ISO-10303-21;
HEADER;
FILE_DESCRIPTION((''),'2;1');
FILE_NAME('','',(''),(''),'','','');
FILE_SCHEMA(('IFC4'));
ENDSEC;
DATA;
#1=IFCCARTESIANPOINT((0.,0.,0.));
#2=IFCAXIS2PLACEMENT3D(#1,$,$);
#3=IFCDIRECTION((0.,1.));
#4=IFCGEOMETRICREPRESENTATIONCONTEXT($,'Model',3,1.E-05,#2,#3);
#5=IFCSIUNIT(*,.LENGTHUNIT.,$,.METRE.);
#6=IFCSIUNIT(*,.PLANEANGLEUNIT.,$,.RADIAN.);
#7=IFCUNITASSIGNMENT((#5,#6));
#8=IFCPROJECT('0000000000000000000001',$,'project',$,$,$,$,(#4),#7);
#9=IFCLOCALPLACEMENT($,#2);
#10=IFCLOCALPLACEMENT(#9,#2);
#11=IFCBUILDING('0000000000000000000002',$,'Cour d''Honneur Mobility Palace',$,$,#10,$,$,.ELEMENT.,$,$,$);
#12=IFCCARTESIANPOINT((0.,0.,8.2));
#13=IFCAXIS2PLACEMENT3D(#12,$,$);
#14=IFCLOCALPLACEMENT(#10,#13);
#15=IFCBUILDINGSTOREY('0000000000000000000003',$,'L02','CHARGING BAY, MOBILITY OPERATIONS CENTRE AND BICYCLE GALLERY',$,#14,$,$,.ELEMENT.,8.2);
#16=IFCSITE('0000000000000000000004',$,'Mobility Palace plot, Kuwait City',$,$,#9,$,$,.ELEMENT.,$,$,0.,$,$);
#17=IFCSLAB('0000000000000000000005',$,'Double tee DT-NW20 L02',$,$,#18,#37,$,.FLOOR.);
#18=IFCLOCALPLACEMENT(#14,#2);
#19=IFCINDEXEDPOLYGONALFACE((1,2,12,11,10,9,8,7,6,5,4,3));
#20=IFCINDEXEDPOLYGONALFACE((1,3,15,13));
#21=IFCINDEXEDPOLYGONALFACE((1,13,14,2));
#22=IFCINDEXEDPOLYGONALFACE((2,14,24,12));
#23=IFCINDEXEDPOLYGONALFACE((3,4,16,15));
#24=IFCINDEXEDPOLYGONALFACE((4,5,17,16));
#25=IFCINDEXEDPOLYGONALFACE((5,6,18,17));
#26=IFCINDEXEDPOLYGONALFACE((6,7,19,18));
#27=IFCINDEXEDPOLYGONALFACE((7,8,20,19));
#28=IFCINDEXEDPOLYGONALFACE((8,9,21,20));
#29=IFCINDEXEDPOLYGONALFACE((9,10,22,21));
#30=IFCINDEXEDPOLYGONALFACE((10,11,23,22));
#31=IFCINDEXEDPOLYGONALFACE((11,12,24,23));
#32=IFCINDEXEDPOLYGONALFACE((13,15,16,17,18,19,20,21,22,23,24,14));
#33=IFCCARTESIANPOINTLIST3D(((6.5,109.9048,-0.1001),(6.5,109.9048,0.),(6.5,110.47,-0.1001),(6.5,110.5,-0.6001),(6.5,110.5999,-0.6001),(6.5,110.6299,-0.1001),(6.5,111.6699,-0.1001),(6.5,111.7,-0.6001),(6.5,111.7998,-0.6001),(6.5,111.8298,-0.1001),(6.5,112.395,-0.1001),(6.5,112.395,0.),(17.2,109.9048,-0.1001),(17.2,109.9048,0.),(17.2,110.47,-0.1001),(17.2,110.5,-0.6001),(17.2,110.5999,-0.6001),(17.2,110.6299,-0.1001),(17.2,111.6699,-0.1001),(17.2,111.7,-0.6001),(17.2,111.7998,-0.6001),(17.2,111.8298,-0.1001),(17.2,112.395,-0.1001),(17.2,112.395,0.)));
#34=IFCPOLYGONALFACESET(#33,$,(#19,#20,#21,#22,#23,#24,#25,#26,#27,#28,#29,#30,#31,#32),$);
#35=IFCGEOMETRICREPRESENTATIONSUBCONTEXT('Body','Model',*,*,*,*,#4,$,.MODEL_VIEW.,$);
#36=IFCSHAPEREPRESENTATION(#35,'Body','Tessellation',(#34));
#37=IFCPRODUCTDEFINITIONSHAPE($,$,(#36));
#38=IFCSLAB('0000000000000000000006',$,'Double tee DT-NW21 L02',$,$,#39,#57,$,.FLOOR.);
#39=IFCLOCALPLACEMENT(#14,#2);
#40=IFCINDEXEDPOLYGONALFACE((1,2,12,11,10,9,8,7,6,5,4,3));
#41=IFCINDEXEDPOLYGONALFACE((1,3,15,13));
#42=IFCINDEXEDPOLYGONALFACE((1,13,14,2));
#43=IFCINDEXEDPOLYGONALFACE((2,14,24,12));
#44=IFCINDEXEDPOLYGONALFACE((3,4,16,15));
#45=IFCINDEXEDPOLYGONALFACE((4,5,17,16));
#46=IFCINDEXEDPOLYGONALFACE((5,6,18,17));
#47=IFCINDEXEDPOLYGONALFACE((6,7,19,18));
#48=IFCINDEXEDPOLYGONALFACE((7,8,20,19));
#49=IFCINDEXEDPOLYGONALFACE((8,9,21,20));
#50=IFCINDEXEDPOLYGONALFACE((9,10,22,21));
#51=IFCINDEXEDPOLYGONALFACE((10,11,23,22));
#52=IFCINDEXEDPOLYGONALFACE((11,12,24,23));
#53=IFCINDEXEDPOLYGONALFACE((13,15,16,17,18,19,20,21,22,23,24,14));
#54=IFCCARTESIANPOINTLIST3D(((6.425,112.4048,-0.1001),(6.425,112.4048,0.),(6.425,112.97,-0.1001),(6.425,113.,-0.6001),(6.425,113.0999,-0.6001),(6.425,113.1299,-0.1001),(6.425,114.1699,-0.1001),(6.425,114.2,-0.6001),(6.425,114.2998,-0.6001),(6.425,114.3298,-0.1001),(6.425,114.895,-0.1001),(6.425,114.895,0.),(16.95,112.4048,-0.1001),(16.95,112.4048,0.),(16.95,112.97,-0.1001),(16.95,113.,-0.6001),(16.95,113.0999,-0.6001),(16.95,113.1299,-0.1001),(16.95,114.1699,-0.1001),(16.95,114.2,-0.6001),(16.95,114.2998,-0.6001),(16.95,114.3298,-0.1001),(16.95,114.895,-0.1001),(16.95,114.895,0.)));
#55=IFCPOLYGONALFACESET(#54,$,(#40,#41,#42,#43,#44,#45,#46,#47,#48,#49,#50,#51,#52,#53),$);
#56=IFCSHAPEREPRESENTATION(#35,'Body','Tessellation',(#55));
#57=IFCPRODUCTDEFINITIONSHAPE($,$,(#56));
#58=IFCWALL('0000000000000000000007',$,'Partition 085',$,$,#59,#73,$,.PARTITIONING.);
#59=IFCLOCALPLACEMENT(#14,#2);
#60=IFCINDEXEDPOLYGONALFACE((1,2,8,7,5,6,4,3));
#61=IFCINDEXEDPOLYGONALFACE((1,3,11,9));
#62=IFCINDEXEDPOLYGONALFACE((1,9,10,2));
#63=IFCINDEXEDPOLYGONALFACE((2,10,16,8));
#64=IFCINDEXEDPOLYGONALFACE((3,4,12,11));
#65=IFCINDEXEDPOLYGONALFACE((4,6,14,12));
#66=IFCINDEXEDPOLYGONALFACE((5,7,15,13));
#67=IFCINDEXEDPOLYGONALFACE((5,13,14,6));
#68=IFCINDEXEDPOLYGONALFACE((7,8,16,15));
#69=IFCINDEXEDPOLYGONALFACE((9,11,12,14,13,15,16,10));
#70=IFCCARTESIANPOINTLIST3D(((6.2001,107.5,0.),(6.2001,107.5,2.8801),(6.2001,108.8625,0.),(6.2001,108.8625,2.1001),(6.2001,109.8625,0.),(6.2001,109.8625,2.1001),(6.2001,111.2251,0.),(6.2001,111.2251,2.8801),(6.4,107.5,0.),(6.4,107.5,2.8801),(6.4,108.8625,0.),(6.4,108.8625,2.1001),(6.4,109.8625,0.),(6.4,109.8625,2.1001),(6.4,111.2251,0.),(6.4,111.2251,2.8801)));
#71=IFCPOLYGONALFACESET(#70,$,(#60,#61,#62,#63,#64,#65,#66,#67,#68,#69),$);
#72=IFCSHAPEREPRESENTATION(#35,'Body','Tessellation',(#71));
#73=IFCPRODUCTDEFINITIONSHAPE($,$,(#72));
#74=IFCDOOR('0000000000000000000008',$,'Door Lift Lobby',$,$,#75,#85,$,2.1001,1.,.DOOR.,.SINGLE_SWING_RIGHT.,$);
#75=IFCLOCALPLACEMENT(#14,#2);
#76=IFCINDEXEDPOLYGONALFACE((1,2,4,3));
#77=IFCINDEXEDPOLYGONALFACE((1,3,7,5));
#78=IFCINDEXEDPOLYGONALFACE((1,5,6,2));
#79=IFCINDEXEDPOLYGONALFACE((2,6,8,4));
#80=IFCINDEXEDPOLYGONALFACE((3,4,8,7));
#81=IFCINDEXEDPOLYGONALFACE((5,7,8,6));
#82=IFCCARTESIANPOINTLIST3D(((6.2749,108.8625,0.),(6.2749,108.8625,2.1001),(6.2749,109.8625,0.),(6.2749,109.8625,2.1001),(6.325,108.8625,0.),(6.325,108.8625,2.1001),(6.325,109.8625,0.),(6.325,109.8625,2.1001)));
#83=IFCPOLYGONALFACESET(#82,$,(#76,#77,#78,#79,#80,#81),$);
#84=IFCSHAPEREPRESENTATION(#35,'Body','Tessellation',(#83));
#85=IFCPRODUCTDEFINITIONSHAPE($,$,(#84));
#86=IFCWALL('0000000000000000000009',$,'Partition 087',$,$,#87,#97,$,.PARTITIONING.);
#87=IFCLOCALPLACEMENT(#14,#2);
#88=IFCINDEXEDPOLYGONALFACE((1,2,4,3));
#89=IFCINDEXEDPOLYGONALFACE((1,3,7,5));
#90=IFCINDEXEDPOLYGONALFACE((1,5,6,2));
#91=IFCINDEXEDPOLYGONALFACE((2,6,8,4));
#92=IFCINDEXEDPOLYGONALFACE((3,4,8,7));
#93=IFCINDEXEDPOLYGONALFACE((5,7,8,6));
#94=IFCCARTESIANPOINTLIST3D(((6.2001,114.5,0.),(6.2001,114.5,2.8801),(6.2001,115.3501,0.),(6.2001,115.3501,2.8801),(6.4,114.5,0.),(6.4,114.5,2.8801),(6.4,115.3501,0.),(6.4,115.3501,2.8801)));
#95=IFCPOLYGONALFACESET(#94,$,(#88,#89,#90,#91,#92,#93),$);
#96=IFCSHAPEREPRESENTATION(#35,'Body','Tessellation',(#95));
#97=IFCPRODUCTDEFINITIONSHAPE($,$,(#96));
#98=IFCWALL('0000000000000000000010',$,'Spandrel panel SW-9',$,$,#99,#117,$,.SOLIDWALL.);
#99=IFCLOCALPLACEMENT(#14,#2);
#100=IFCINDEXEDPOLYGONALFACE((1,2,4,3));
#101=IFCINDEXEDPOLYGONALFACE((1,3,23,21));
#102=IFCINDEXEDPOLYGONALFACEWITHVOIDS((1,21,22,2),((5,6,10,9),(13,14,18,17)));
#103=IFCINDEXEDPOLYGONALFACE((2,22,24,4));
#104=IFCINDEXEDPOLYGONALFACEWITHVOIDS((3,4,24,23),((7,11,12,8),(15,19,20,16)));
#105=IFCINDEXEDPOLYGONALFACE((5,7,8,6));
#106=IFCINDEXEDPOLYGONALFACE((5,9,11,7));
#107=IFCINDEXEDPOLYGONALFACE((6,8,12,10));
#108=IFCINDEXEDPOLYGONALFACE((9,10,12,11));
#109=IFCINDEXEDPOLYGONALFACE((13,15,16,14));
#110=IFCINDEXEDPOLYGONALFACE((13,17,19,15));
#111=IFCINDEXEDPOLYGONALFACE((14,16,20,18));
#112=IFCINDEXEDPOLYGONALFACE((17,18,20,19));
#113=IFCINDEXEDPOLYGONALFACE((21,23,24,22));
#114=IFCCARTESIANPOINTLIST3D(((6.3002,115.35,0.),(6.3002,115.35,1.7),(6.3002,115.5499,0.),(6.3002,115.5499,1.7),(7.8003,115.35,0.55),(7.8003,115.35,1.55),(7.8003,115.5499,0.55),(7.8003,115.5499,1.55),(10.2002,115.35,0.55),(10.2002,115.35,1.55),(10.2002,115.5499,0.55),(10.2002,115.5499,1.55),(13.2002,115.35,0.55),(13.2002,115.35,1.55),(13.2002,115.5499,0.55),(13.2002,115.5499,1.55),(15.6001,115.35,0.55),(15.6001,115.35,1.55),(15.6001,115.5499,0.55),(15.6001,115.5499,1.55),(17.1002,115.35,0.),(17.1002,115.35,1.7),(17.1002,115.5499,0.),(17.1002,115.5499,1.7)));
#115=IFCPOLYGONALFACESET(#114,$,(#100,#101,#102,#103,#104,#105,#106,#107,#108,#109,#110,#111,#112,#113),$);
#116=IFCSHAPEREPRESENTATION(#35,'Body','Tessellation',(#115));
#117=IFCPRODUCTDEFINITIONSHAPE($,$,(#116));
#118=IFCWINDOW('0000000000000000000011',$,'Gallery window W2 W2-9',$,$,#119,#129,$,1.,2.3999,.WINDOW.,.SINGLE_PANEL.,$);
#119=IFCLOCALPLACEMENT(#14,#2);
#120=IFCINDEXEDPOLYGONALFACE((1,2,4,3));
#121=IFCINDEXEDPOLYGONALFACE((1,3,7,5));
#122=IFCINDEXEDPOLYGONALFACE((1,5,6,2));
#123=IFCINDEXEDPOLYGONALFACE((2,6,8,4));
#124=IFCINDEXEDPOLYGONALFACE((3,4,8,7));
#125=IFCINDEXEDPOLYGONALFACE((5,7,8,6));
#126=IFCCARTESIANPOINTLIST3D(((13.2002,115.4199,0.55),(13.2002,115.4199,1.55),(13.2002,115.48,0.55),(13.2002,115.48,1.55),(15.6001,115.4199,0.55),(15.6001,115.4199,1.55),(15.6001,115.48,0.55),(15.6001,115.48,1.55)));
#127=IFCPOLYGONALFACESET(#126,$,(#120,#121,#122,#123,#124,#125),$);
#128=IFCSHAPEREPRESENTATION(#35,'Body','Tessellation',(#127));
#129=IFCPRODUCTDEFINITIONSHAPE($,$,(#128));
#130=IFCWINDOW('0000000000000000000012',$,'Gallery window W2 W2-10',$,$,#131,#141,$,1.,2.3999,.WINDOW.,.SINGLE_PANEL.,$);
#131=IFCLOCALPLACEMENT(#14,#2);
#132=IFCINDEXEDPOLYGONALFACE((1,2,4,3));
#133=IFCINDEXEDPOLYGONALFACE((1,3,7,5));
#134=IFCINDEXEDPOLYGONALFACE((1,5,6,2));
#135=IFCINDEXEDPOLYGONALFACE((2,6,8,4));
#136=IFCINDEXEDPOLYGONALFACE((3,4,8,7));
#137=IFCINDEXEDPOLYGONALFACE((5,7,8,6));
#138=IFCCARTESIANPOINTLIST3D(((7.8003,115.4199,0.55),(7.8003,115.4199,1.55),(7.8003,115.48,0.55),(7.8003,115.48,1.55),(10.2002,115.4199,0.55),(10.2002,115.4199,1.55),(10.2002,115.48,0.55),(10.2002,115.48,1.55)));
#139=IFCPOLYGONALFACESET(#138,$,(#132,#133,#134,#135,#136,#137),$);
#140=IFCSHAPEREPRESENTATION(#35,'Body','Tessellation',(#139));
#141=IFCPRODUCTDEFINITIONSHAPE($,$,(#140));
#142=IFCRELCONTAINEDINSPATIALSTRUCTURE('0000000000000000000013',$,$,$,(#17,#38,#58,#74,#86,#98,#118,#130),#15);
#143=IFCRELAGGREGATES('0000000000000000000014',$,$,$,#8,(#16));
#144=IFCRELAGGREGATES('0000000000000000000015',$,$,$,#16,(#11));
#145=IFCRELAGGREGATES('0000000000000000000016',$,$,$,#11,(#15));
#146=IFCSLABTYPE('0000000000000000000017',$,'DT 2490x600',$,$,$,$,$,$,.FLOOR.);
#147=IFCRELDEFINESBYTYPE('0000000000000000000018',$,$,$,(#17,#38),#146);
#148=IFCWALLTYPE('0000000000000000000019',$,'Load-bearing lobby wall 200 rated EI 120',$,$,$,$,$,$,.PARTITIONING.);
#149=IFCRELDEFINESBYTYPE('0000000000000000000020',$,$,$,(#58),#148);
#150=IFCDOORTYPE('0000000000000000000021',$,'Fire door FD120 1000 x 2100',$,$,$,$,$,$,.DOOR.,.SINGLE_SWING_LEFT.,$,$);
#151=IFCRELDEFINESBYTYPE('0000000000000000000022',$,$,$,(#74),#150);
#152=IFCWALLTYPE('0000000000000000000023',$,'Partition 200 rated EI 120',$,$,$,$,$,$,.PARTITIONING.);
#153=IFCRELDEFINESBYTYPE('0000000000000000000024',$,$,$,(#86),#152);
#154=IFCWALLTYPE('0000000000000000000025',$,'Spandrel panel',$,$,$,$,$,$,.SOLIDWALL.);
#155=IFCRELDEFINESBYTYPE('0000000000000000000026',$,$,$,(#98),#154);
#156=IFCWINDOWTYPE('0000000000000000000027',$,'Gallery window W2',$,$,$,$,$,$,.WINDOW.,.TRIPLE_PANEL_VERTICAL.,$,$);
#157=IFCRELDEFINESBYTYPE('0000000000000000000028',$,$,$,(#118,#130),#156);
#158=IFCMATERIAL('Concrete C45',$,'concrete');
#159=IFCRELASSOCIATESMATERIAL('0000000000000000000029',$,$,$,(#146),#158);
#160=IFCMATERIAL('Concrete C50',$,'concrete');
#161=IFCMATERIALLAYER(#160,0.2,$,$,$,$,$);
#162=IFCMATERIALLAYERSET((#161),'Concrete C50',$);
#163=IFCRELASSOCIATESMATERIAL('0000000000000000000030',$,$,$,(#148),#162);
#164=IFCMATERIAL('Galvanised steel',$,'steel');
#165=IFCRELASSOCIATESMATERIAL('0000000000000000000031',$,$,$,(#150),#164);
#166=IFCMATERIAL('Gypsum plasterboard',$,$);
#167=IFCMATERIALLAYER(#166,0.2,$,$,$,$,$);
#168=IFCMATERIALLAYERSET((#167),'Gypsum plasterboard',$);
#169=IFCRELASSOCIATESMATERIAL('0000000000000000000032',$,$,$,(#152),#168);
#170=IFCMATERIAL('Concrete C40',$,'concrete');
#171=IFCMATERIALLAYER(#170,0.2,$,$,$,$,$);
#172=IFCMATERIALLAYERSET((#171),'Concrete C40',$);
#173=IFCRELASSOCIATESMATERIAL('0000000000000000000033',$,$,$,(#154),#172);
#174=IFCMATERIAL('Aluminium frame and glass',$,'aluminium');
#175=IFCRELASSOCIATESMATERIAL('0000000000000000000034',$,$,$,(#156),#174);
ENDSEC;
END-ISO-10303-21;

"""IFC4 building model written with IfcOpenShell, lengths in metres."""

from ifc_helpers import new_model, si_unit, direction, frame, frame_2d, origin, place, context, subcontext, project, spatial, polyline, rectangle, outline, extrude, material, layer, layer_set, material_profile, profile_set, type_object, element, fill, save


model = new_model("IFC4")

# Units and contexts
model_context = context("Model", 3, precision=1e-05, world=origin(), true_north=direction((0.0, 1.0)))
body_context = subcontext(model_context, "Body", "Model", "MODEL_VIEW")
ifc_project = project(units=[si_unit("LENGTHUNIT", "METRE"), si_unit("PLANEANGLEUNIT", "RADIAN")], contexts=[model_context])

# Site, building, storey
site_placement = place(None, origin())
site = spatial("IfcSite", under=ifc_project, at=site_placement, Name="Mobility Palace plot, Kuwait City", CompositionType="ELEMENT", RefElevation=0.0)
building_placement = place(site_placement, origin())
building = spatial("IfcBuilding", under=site, at=building_placement, Name="Cour d'Honneur Mobility Palace", CompositionType="ELEMENT")
storey_placement = place(building_placement, frame((0.0, 0.0, 8.2)))
storey = spatial("IfcBuildingStorey", under=building, at=storey_placement, Name="L02", Description="CHARGING BAY, MOBILITY OPERATIONS CENTRE AND BICYCLE GALLERY", CompositionType="ELEMENT", Elevation=8.2)

# Slabs
ifc_material_1 = material(Name="Concrete C45", Category="concrete")
ifc_material_profile_1 = material_profile(ifc_material_1, outline(polyline([(-1.2451, 0.0), (1.2451, 0.0), (1.2451, -0.1001), (0.6799, -0.1001), (0.6499, -0.6001), (0.55, -0.6001), (0.52, -0.1001), (-0.52, -0.1001), (-0.55, -0.6001), (-0.6499, -0.6001), (-0.6799, -0.1001), (-1.2451, -0.1001), (-1.2451, 0.0)])), Name="DT 2490x600")
ifc_profile_set_1 = profile_set([ifc_material_profile_1], Name="Concrete C45")
slab_type = type_object("IfcSlabType", Name="DT 2490x600", PredefinedType="FLOOR", material=ifc_profile_set_1)
slab_1_placement = place(storey_placement, frame((6.5, 111.1499, 0.0), z_axis=(1.0, 0.0, 0.0), x_axis=(0.0, 1.0, 0.0)))
element("IfcSlab", 1, at=slab_1_placement, inside=storey, type_object=slab_type, Name="Double tee DT-NW20 L02", PredefinedType="FLOOR", context=body_context, shape_type="SweptSolid", body=[
    extrude(outline(polyline([(-1.2451, 0.0), (1.2451, 0.0), (1.2451, -0.1001), (0.6799, -0.1001), (0.6499, -0.6001), (0.55, -0.6001), (0.52, -0.1001), (-0.52, -0.1001), (-0.55, -0.6001), (-0.6499, -0.6001), (-0.6799, -0.1001), (-1.2451, -0.1001), (-1.2451, 0.0)])), origin(), (0.0, 0.0, 1.0), 10.7),
])
slab_2_placement = place(storey_placement, frame((6.425, 113.6499, 0.0), z_axis=(1.0, 0.0, 0.0), x_axis=(0.0, 1.0, 0.0)))
element("IfcSlab", 2, at=slab_2_placement, inside=storey, type_object=slab_type, Name="Double tee DT-NW21 L02", PredefinedType="FLOOR", context=body_context, shape_type="SweptSolid", body=[
    extrude(outline(polyline([(-1.2451, 0.0), (1.2451, 0.0), (1.2451, -0.1001), (0.6799, -0.1001), (0.6499, -0.6001), (0.55, -0.6001), (0.52, -0.1001), (-0.52, -0.1001), (-0.55, -0.6001), (-0.6499, -0.6001), (-0.6799, -0.1001), (-1.2451, -0.1001), (-1.2451, 0.0)])), origin(), (0.0, 0.0, 1.0), 10.5249),
])

# Wall, opening, door
ifc_material_2 = material(Name="Concrete C50", Category="concrete")
ifc_layer_1 = layer(ifc_material_2, 0.2)
ifc_layer_set_1 = layer_set([ifc_layer_1], Name="Concrete C50")
wall_type_1 = type_object("IfcWallType", Name="Load-bearing lobby wall 200 rated EI 120", PredefinedType="PARTITIONING", material=ifc_layer_set_1)
wall_1_placement = place(storey_placement, frame((6.3, 111.2251, 0.0), z_axis=(0.0, 0.0, 1.0), x_axis=(0.0, -1.0, 0.0)))
wall_1 = element("IfcWall", 3, at=wall_1_placement, inside=storey, type_object=wall_type_1, Name="Partition 085", PredefinedType="PARTITIONING", context=body_context, shape_type="SweptSolid", body=[
    extrude(rectangle(XDim=3.7251, YDim=0.2, at=frame_2d((1.8625, 0.0))), origin(), (0.0, 0.0, 1.0), 2.8801),
])
opening_1_placement = place(wall_1_placement, frame((1.3625, 0.0, 0.0)))
opening_1 = element("IfcOpeningElement", 4, at=opening_1_placement, cuts=wall_1, PredefinedType="OPENING", context=body_context, shape_type="SweptSolid", body=[
    extrude(rectangle(XDim=1.0, YDim=2.1001, at=frame_2d((0.5, 1.05))), frame((0.0, 0.1099, 0.0), z_axis=(0.0, -1.0, 0.0), x_axis=(1.0, 0.0, 0.0)), (0.0, 0.0, 1.0), 0.22),
])
ifc_material_3 = material(Name="Galvanised steel", Category="steel")
door_type_1 = type_object("IfcDoorType", Name="Fire door FD120 1000 x 2100", OperationType="SINGLE_SWING_LEFT", PredefinedType="DOOR", material=ifc_material_3)
door_1_placement = place(opening_1_placement, origin())
door_1 = element("IfcDoor", 5, at=door_1_placement, inside=storey, type_object=door_type_1, Name="Door Lift Lobby", OperationType="SINGLE_SWING_RIGHT", OverallHeight=2.1001, OverallWidth=1.0, PredefinedType="DOOR", context=body_context, shape_type="SweptSolid", body=[
    extrude(rectangle(XDim=1.0, YDim=2.1001, at=frame_2d((0.5, 1.05))), frame((0.0, 0.0249, 0.0), z_axis=(0.0, -1.0, 0.0), x_axis=(1.0, 0.0, 0.0)), (0.0, 0.0, 1.0), 0.05),
])
fill(opening_1, door_1)

# Wall
ifc_material_4 = material(Name="Gypsum plasterboard")
ifc_layer_2 = layer(ifc_material_4, 0.2)
ifc_layer_set_2 = layer_set([ifc_layer_2], Name="Gypsum plasterboard")
wall_type_2 = type_object("IfcWallType", Name="Partition 200 rated EI 120", PredefinedType="PARTITIONING", material=ifc_layer_set_2)
wall_2_placement = place(storey_placement, frame((6.3, 115.3501, 0.0), z_axis=(0.0, 0.0, 1.0), x_axis=(0.0, -1.0, 0.0)))
element("IfcWall", 6, at=wall_2_placement, inside=storey, type_object=wall_type_2, Name="Partition 087", PredefinedType="PARTITIONING", context=body_context, shape_type="SweptSolid", body=[
    extrude(rectangle(XDim=0.8501, YDim=0.2, at=frame_2d((0.425, 0.0))), origin(), (0.0, 0.0, 1.0), 2.8801),
])

# Wall, openings, windows
ifc_material_5 = material(Name="Concrete C40", Category="concrete")
ifc_layer_3 = layer(ifc_material_5, 0.2)
ifc_layer_set_3 = layer_set([ifc_layer_3], Name="Concrete C40")
wall_type_3 = type_object("IfcWallType", Name="Spandrel panel", PredefinedType="SOLIDWALL", material=ifc_layer_set_3)
wall_3_placement = place(storey_placement, frame((17.1001, 115.45, 0.0), z_axis=(0.0, 0.0, 1.0), x_axis=(-1.0, 0.0, 0.0)))
wall_3 = element("IfcWall", 7, at=wall_3_placement, inside=storey, type_object=wall_type_3, Name="Spandrel panel SW-9", PredefinedType="SOLIDWALL", context=body_context, shape_type="SweptSolid", body=[
    extrude(rectangle(XDim=10.8, YDim=0.2, at=frame_2d((5.3999, 0.0))), origin(), (0.0, 0.0, 1.0), 1.7),
])
opening_2_placement = place(wall_3_placement, frame((1.5, 0.0, 0.55)))
opening_2 = element("IfcOpeningElement", 8, at=opening_2_placement, cuts=wall_3, PredefinedType="OPENING", context=body_context, shape_type="SweptSolid", body=[
    extrude(rectangle(XDim=2.3999, YDim=1.0, at=frame_2d((1.2, 0.5))), frame((0.0, 0.1099, 0.0), z_axis=(0.0, -1.0, 0.0), x_axis=(1.0, 0.0, 0.0)), (0.0, 0.0, 1.0), 0.22),
])
opening_3_placement = place(wall_3_placement, frame((6.8999, 0.0, 0.55)))
opening_3 = element("IfcOpeningElement", 9, at=opening_3_placement, cuts=wall_3, PredefinedType="OPENING", context=body_context, shape_type="SweptSolid", body=[
    extrude(rectangle(XDim=2.3999, YDim=1.0, at=frame_2d((1.2, 0.5))), frame((0.0, 0.1099, 0.0), z_axis=(0.0, -1.0, 0.0), x_axis=(1.0, 0.0, 0.0)), (0.0, 0.0, 1.0), 0.22),
])
ifc_material_6 = material(Name="Aluminium frame and glass", Category="aluminium")
window_type = type_object("IfcWindowType", Name="Gallery window W2", PartitioningType="TRIPLE_PANEL_VERTICAL", PredefinedType="WINDOW", material=ifc_material_6)
window_1_placement = place(opening_2_placement, origin())
window_1 = element("IfcWindow", 10, at=window_1_placement, inside=storey, type_object=window_type, Name="Gallery window W2 W2-9", OverallHeight=1.0, OverallWidth=2.3999, PartitioningType="SINGLE_PANEL", PredefinedType="WINDOW", context=body_context, shape_type="SweptSolid", body=[
    extrude(rectangle(XDim=2.3999, YDim=1.0, at=frame_2d((1.2, 0.5))), frame((0.0, 0.03, 0.0), z_axis=(0.0, -1.0, 0.0), x_axis=(1.0, 0.0, 0.0)), (0.0, 0.0, 1.0), 0.0601),
])
fill(opening_2, window_1)
window_2_placement = place(opening_3_placement, origin())
window_2 = element("IfcWindow", 11, at=window_2_placement, inside=storey, type_object=window_type, Name="Gallery window W2 W2-10", OverallHeight=1.0, OverallWidth=2.3999, PartitioningType="SINGLE_PANEL", PredefinedType="WINDOW", context=body_context, shape_type="SweptSolid", body=[
    extrude(rectangle(XDim=2.3999, YDim=1.0, at=frame_2d((1.2, 0.5))), frame((0.0, 0.03, 0.0), z_axis=(0.0, -1.0, 0.0), x_axis=(1.0, 0.0, 0.0)), (0.0, 0.0, 1.0), 0.0601),
])
fill(opening_3, window_2)

save(model, "model.ifc")
